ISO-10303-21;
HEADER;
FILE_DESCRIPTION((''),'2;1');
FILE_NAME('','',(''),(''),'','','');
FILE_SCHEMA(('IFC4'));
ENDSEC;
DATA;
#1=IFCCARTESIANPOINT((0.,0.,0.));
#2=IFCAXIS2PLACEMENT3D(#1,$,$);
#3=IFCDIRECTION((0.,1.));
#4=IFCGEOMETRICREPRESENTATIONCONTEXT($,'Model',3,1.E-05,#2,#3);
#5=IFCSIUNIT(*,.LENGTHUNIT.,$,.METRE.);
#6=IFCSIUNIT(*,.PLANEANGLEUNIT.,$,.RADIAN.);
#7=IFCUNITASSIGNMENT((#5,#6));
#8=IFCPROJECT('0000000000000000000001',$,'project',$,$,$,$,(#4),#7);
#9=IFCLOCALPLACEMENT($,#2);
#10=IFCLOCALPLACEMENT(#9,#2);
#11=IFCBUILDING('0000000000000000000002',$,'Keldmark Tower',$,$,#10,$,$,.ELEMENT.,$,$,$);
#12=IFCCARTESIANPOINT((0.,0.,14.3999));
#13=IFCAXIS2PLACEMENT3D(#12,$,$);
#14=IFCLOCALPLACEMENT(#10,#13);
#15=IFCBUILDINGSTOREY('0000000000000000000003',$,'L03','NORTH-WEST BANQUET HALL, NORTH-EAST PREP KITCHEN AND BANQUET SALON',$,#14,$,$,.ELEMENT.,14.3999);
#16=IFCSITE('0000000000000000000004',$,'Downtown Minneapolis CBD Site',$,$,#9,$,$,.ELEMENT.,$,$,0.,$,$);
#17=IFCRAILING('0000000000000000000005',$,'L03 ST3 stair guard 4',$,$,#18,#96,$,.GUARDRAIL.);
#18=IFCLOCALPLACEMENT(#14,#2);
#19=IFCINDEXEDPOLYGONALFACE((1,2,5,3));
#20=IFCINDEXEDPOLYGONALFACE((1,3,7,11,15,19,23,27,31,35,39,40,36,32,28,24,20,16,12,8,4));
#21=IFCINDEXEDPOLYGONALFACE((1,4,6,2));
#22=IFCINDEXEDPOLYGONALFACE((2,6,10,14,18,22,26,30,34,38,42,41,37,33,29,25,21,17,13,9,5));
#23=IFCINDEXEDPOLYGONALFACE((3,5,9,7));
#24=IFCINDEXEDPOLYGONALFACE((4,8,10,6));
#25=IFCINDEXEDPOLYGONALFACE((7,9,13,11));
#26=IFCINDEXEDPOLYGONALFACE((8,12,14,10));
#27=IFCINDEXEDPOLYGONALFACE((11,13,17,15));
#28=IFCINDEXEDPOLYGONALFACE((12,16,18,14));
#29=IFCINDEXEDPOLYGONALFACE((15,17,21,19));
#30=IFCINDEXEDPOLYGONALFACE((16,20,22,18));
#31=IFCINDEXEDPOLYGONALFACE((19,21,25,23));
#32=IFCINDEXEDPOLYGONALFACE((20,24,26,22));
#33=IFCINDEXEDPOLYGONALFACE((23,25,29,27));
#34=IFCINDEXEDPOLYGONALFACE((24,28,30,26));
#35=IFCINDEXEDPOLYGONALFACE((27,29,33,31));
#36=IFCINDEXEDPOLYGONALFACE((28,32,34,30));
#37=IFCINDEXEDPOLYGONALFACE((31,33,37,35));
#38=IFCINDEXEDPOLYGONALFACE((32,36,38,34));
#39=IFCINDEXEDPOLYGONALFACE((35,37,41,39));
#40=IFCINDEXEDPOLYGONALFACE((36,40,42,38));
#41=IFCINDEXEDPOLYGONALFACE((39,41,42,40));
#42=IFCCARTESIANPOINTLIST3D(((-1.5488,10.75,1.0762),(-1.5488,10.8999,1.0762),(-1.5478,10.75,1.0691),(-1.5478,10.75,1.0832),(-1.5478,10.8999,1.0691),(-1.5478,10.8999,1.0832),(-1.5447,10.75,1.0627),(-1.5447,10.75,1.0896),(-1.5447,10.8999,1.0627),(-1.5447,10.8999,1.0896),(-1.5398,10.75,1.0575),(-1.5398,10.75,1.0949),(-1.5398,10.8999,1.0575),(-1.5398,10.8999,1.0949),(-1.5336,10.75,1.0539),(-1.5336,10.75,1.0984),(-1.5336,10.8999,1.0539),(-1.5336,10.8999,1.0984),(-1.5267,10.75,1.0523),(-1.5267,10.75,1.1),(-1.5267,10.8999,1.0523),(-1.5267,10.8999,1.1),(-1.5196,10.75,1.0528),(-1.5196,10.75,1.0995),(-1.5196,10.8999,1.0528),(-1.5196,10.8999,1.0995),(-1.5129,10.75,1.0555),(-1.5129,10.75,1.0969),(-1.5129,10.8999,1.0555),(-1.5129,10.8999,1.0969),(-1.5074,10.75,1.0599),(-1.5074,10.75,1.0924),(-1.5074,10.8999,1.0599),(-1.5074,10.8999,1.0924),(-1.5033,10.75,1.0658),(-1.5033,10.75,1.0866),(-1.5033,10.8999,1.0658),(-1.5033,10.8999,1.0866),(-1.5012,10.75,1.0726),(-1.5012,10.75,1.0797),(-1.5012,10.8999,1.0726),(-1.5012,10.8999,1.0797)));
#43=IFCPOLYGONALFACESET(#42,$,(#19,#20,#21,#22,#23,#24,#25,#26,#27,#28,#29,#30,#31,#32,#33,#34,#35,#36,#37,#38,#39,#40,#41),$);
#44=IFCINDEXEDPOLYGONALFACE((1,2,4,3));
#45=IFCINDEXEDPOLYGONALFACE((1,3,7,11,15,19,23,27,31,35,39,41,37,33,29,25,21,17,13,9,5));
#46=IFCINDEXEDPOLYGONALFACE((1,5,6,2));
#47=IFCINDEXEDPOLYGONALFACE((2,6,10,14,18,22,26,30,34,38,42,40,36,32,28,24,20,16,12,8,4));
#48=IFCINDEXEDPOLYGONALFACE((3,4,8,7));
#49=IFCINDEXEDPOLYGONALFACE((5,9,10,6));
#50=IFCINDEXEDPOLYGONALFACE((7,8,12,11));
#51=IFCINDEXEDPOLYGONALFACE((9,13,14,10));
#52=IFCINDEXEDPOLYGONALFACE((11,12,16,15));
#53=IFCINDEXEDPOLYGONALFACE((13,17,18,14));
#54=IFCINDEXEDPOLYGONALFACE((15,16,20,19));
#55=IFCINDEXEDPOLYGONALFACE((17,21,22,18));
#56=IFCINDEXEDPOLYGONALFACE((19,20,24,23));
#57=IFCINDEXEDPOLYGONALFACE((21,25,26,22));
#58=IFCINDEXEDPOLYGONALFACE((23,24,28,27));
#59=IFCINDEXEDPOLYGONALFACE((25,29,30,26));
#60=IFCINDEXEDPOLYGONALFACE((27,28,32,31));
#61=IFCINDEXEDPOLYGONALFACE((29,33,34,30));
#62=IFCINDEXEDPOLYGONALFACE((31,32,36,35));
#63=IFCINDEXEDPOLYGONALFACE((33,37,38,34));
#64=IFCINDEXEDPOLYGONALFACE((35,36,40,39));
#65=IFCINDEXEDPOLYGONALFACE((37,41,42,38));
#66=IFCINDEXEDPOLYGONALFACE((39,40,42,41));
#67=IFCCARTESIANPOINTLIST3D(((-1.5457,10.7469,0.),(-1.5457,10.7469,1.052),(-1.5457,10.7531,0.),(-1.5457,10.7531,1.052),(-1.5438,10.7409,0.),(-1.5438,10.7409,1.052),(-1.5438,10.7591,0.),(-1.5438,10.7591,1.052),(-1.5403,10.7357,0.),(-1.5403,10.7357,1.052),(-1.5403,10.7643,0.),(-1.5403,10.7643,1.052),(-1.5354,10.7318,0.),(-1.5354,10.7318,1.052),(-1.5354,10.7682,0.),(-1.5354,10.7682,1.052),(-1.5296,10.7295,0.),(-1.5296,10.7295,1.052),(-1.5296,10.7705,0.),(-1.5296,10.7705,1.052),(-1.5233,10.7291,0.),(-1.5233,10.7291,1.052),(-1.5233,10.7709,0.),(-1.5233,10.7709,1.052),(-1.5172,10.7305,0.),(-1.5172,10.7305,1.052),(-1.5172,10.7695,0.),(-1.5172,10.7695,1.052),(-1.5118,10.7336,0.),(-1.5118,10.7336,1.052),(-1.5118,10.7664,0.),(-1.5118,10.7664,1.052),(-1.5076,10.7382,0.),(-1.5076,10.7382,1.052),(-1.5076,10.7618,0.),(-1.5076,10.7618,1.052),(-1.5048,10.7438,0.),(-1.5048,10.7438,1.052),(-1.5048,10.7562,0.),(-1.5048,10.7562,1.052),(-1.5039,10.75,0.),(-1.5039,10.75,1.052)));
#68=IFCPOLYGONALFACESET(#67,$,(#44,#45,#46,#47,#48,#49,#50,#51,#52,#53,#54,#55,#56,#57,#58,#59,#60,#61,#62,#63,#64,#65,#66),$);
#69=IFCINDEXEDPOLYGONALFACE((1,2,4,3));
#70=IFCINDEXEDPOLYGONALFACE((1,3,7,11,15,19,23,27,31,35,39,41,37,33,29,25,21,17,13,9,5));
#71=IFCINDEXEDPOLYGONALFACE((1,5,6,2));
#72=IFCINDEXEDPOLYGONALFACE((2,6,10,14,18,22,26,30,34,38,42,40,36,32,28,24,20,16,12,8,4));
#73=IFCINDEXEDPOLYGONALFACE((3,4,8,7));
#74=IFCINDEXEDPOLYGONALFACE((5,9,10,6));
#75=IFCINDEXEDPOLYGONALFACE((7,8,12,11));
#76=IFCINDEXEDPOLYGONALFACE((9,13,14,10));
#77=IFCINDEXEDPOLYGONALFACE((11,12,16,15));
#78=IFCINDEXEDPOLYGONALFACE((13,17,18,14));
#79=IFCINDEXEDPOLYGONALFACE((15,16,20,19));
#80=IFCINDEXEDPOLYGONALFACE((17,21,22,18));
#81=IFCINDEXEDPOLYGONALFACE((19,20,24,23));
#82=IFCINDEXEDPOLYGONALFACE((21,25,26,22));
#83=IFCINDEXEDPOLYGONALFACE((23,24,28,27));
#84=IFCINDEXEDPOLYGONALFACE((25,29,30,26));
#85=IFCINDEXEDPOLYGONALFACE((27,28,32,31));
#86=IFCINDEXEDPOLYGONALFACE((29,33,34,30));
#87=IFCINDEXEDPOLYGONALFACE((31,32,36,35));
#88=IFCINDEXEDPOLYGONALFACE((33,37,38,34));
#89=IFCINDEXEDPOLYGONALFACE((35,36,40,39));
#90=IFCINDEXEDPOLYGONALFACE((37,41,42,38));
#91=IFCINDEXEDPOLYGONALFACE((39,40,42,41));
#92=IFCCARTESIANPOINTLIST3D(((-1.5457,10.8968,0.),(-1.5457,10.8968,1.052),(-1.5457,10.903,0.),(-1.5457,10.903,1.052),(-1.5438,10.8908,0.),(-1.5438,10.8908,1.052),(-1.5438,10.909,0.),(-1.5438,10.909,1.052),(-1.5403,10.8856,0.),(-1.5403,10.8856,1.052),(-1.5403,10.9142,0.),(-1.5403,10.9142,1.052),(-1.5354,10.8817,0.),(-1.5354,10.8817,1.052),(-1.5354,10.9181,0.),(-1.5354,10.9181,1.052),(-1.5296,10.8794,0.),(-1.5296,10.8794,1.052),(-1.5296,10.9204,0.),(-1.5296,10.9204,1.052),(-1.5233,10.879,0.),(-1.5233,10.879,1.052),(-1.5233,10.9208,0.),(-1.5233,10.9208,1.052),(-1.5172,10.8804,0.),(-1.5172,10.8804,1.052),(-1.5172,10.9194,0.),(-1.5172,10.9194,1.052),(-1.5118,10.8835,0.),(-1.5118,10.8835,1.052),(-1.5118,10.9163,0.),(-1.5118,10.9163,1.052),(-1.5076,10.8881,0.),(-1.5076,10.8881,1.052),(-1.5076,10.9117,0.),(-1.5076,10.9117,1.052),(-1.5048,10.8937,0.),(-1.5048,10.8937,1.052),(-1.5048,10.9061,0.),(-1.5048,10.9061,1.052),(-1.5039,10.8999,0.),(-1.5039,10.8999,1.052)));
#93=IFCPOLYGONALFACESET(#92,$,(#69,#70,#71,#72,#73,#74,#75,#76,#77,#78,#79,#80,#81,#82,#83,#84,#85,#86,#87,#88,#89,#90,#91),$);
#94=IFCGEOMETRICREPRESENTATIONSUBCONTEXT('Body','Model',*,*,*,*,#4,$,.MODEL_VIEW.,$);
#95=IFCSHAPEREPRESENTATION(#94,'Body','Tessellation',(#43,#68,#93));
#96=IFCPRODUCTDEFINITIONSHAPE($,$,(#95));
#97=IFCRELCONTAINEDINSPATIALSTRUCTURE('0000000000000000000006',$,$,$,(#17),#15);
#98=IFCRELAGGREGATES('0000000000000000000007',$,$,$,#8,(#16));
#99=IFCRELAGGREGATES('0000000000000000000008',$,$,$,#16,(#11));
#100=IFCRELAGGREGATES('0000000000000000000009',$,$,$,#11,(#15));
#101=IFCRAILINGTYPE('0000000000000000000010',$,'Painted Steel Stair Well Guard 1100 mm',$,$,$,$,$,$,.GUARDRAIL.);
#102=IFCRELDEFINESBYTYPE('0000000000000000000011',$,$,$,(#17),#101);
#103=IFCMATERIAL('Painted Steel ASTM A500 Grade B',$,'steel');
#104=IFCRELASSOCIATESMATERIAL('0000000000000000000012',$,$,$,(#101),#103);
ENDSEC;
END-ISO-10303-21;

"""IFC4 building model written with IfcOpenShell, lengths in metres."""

from ifc_helpers import new_model, si_unit, direction, frame, origin, origin_2d, place, context, subcontext, project, spatial, circle, extrude, material, type_object, element, save


model = new_model("IFC4")

# Units and contexts
model_context = context("Model", 3, precision=1e-05, world=origin(), true_north=direction((0.0, 1.0)))
body_context = subcontext(model_context, "Body", "Model", "MODEL_VIEW")
ifc_project = project(units=[si_unit("LENGTHUNIT", "METRE"), si_unit("PLANEANGLEUNIT", "RADIAN")], contexts=[model_context])

# Site, building, storey
site_placement = place(None, origin())
site = spatial("IfcSite", under=ifc_project, at=site_placement, Name="Downtown Minneapolis CBD Site", CompositionType="ELEMENT", RefElevation=0.0)
building_placement = place(site_placement, origin())
building = spatial("IfcBuilding", under=site, at=building_placement, Name="Keldmark Tower", CompositionType="ELEMENT")
storey_placement = place(building_placement, frame((0.0, 0.0, 14.3999)))
storey = spatial("IfcBuildingStorey", under=building, at=storey_placement, Name="L03", Description="NORTH-WEST BANQUET HALL, NORTH-EAST PREP KITCHEN AND BANQUET SALON", CompositionType="ELEMENT", Elevation=14.3999)

# Railing
ifc_material_1 = material(Name="Painted Steel ASTM A500 Grade B", Category="steel")
railing_type_1 = type_object("IfcRailingType", Name="Painted Steel Stair Well Guard 1100 mm", PredefinedType="GUARDRAIL", material=ifc_material_1)
railing_1_placement = place(storey_placement, frame((-1.5249, 10.75, 0.0)))
element("IfcRailing", 1, at=railing_1_placement, inside=storey, type_object=railing_type_1, Name="L03 ST3 stair guard 4", PredefinedType="GUARDRAIL", context=body_context, shape_type="SweptSolid", body=[
    extrude(circle(Radius=0.0239, at=origin_2d()), frame((0.0, 0.0, 1.0762), z_axis=(0.0, 1.0, 0.0), x_axis=(-1.0, 0.0, 0.0)), (0.0, 0.0, 1.0), 0.1499),
    extrude(circle(Radius=0.021, at=origin_2d()), origin(), (0.0, 0.0, 1.0), 1.052),
    extrude(circle(Radius=0.021, at=origin_2d()), frame((0.0, 0.1499, 0.0)), (0.0, 0.0, 1.0), 1.052),
])

save(model, "model.ifc")
